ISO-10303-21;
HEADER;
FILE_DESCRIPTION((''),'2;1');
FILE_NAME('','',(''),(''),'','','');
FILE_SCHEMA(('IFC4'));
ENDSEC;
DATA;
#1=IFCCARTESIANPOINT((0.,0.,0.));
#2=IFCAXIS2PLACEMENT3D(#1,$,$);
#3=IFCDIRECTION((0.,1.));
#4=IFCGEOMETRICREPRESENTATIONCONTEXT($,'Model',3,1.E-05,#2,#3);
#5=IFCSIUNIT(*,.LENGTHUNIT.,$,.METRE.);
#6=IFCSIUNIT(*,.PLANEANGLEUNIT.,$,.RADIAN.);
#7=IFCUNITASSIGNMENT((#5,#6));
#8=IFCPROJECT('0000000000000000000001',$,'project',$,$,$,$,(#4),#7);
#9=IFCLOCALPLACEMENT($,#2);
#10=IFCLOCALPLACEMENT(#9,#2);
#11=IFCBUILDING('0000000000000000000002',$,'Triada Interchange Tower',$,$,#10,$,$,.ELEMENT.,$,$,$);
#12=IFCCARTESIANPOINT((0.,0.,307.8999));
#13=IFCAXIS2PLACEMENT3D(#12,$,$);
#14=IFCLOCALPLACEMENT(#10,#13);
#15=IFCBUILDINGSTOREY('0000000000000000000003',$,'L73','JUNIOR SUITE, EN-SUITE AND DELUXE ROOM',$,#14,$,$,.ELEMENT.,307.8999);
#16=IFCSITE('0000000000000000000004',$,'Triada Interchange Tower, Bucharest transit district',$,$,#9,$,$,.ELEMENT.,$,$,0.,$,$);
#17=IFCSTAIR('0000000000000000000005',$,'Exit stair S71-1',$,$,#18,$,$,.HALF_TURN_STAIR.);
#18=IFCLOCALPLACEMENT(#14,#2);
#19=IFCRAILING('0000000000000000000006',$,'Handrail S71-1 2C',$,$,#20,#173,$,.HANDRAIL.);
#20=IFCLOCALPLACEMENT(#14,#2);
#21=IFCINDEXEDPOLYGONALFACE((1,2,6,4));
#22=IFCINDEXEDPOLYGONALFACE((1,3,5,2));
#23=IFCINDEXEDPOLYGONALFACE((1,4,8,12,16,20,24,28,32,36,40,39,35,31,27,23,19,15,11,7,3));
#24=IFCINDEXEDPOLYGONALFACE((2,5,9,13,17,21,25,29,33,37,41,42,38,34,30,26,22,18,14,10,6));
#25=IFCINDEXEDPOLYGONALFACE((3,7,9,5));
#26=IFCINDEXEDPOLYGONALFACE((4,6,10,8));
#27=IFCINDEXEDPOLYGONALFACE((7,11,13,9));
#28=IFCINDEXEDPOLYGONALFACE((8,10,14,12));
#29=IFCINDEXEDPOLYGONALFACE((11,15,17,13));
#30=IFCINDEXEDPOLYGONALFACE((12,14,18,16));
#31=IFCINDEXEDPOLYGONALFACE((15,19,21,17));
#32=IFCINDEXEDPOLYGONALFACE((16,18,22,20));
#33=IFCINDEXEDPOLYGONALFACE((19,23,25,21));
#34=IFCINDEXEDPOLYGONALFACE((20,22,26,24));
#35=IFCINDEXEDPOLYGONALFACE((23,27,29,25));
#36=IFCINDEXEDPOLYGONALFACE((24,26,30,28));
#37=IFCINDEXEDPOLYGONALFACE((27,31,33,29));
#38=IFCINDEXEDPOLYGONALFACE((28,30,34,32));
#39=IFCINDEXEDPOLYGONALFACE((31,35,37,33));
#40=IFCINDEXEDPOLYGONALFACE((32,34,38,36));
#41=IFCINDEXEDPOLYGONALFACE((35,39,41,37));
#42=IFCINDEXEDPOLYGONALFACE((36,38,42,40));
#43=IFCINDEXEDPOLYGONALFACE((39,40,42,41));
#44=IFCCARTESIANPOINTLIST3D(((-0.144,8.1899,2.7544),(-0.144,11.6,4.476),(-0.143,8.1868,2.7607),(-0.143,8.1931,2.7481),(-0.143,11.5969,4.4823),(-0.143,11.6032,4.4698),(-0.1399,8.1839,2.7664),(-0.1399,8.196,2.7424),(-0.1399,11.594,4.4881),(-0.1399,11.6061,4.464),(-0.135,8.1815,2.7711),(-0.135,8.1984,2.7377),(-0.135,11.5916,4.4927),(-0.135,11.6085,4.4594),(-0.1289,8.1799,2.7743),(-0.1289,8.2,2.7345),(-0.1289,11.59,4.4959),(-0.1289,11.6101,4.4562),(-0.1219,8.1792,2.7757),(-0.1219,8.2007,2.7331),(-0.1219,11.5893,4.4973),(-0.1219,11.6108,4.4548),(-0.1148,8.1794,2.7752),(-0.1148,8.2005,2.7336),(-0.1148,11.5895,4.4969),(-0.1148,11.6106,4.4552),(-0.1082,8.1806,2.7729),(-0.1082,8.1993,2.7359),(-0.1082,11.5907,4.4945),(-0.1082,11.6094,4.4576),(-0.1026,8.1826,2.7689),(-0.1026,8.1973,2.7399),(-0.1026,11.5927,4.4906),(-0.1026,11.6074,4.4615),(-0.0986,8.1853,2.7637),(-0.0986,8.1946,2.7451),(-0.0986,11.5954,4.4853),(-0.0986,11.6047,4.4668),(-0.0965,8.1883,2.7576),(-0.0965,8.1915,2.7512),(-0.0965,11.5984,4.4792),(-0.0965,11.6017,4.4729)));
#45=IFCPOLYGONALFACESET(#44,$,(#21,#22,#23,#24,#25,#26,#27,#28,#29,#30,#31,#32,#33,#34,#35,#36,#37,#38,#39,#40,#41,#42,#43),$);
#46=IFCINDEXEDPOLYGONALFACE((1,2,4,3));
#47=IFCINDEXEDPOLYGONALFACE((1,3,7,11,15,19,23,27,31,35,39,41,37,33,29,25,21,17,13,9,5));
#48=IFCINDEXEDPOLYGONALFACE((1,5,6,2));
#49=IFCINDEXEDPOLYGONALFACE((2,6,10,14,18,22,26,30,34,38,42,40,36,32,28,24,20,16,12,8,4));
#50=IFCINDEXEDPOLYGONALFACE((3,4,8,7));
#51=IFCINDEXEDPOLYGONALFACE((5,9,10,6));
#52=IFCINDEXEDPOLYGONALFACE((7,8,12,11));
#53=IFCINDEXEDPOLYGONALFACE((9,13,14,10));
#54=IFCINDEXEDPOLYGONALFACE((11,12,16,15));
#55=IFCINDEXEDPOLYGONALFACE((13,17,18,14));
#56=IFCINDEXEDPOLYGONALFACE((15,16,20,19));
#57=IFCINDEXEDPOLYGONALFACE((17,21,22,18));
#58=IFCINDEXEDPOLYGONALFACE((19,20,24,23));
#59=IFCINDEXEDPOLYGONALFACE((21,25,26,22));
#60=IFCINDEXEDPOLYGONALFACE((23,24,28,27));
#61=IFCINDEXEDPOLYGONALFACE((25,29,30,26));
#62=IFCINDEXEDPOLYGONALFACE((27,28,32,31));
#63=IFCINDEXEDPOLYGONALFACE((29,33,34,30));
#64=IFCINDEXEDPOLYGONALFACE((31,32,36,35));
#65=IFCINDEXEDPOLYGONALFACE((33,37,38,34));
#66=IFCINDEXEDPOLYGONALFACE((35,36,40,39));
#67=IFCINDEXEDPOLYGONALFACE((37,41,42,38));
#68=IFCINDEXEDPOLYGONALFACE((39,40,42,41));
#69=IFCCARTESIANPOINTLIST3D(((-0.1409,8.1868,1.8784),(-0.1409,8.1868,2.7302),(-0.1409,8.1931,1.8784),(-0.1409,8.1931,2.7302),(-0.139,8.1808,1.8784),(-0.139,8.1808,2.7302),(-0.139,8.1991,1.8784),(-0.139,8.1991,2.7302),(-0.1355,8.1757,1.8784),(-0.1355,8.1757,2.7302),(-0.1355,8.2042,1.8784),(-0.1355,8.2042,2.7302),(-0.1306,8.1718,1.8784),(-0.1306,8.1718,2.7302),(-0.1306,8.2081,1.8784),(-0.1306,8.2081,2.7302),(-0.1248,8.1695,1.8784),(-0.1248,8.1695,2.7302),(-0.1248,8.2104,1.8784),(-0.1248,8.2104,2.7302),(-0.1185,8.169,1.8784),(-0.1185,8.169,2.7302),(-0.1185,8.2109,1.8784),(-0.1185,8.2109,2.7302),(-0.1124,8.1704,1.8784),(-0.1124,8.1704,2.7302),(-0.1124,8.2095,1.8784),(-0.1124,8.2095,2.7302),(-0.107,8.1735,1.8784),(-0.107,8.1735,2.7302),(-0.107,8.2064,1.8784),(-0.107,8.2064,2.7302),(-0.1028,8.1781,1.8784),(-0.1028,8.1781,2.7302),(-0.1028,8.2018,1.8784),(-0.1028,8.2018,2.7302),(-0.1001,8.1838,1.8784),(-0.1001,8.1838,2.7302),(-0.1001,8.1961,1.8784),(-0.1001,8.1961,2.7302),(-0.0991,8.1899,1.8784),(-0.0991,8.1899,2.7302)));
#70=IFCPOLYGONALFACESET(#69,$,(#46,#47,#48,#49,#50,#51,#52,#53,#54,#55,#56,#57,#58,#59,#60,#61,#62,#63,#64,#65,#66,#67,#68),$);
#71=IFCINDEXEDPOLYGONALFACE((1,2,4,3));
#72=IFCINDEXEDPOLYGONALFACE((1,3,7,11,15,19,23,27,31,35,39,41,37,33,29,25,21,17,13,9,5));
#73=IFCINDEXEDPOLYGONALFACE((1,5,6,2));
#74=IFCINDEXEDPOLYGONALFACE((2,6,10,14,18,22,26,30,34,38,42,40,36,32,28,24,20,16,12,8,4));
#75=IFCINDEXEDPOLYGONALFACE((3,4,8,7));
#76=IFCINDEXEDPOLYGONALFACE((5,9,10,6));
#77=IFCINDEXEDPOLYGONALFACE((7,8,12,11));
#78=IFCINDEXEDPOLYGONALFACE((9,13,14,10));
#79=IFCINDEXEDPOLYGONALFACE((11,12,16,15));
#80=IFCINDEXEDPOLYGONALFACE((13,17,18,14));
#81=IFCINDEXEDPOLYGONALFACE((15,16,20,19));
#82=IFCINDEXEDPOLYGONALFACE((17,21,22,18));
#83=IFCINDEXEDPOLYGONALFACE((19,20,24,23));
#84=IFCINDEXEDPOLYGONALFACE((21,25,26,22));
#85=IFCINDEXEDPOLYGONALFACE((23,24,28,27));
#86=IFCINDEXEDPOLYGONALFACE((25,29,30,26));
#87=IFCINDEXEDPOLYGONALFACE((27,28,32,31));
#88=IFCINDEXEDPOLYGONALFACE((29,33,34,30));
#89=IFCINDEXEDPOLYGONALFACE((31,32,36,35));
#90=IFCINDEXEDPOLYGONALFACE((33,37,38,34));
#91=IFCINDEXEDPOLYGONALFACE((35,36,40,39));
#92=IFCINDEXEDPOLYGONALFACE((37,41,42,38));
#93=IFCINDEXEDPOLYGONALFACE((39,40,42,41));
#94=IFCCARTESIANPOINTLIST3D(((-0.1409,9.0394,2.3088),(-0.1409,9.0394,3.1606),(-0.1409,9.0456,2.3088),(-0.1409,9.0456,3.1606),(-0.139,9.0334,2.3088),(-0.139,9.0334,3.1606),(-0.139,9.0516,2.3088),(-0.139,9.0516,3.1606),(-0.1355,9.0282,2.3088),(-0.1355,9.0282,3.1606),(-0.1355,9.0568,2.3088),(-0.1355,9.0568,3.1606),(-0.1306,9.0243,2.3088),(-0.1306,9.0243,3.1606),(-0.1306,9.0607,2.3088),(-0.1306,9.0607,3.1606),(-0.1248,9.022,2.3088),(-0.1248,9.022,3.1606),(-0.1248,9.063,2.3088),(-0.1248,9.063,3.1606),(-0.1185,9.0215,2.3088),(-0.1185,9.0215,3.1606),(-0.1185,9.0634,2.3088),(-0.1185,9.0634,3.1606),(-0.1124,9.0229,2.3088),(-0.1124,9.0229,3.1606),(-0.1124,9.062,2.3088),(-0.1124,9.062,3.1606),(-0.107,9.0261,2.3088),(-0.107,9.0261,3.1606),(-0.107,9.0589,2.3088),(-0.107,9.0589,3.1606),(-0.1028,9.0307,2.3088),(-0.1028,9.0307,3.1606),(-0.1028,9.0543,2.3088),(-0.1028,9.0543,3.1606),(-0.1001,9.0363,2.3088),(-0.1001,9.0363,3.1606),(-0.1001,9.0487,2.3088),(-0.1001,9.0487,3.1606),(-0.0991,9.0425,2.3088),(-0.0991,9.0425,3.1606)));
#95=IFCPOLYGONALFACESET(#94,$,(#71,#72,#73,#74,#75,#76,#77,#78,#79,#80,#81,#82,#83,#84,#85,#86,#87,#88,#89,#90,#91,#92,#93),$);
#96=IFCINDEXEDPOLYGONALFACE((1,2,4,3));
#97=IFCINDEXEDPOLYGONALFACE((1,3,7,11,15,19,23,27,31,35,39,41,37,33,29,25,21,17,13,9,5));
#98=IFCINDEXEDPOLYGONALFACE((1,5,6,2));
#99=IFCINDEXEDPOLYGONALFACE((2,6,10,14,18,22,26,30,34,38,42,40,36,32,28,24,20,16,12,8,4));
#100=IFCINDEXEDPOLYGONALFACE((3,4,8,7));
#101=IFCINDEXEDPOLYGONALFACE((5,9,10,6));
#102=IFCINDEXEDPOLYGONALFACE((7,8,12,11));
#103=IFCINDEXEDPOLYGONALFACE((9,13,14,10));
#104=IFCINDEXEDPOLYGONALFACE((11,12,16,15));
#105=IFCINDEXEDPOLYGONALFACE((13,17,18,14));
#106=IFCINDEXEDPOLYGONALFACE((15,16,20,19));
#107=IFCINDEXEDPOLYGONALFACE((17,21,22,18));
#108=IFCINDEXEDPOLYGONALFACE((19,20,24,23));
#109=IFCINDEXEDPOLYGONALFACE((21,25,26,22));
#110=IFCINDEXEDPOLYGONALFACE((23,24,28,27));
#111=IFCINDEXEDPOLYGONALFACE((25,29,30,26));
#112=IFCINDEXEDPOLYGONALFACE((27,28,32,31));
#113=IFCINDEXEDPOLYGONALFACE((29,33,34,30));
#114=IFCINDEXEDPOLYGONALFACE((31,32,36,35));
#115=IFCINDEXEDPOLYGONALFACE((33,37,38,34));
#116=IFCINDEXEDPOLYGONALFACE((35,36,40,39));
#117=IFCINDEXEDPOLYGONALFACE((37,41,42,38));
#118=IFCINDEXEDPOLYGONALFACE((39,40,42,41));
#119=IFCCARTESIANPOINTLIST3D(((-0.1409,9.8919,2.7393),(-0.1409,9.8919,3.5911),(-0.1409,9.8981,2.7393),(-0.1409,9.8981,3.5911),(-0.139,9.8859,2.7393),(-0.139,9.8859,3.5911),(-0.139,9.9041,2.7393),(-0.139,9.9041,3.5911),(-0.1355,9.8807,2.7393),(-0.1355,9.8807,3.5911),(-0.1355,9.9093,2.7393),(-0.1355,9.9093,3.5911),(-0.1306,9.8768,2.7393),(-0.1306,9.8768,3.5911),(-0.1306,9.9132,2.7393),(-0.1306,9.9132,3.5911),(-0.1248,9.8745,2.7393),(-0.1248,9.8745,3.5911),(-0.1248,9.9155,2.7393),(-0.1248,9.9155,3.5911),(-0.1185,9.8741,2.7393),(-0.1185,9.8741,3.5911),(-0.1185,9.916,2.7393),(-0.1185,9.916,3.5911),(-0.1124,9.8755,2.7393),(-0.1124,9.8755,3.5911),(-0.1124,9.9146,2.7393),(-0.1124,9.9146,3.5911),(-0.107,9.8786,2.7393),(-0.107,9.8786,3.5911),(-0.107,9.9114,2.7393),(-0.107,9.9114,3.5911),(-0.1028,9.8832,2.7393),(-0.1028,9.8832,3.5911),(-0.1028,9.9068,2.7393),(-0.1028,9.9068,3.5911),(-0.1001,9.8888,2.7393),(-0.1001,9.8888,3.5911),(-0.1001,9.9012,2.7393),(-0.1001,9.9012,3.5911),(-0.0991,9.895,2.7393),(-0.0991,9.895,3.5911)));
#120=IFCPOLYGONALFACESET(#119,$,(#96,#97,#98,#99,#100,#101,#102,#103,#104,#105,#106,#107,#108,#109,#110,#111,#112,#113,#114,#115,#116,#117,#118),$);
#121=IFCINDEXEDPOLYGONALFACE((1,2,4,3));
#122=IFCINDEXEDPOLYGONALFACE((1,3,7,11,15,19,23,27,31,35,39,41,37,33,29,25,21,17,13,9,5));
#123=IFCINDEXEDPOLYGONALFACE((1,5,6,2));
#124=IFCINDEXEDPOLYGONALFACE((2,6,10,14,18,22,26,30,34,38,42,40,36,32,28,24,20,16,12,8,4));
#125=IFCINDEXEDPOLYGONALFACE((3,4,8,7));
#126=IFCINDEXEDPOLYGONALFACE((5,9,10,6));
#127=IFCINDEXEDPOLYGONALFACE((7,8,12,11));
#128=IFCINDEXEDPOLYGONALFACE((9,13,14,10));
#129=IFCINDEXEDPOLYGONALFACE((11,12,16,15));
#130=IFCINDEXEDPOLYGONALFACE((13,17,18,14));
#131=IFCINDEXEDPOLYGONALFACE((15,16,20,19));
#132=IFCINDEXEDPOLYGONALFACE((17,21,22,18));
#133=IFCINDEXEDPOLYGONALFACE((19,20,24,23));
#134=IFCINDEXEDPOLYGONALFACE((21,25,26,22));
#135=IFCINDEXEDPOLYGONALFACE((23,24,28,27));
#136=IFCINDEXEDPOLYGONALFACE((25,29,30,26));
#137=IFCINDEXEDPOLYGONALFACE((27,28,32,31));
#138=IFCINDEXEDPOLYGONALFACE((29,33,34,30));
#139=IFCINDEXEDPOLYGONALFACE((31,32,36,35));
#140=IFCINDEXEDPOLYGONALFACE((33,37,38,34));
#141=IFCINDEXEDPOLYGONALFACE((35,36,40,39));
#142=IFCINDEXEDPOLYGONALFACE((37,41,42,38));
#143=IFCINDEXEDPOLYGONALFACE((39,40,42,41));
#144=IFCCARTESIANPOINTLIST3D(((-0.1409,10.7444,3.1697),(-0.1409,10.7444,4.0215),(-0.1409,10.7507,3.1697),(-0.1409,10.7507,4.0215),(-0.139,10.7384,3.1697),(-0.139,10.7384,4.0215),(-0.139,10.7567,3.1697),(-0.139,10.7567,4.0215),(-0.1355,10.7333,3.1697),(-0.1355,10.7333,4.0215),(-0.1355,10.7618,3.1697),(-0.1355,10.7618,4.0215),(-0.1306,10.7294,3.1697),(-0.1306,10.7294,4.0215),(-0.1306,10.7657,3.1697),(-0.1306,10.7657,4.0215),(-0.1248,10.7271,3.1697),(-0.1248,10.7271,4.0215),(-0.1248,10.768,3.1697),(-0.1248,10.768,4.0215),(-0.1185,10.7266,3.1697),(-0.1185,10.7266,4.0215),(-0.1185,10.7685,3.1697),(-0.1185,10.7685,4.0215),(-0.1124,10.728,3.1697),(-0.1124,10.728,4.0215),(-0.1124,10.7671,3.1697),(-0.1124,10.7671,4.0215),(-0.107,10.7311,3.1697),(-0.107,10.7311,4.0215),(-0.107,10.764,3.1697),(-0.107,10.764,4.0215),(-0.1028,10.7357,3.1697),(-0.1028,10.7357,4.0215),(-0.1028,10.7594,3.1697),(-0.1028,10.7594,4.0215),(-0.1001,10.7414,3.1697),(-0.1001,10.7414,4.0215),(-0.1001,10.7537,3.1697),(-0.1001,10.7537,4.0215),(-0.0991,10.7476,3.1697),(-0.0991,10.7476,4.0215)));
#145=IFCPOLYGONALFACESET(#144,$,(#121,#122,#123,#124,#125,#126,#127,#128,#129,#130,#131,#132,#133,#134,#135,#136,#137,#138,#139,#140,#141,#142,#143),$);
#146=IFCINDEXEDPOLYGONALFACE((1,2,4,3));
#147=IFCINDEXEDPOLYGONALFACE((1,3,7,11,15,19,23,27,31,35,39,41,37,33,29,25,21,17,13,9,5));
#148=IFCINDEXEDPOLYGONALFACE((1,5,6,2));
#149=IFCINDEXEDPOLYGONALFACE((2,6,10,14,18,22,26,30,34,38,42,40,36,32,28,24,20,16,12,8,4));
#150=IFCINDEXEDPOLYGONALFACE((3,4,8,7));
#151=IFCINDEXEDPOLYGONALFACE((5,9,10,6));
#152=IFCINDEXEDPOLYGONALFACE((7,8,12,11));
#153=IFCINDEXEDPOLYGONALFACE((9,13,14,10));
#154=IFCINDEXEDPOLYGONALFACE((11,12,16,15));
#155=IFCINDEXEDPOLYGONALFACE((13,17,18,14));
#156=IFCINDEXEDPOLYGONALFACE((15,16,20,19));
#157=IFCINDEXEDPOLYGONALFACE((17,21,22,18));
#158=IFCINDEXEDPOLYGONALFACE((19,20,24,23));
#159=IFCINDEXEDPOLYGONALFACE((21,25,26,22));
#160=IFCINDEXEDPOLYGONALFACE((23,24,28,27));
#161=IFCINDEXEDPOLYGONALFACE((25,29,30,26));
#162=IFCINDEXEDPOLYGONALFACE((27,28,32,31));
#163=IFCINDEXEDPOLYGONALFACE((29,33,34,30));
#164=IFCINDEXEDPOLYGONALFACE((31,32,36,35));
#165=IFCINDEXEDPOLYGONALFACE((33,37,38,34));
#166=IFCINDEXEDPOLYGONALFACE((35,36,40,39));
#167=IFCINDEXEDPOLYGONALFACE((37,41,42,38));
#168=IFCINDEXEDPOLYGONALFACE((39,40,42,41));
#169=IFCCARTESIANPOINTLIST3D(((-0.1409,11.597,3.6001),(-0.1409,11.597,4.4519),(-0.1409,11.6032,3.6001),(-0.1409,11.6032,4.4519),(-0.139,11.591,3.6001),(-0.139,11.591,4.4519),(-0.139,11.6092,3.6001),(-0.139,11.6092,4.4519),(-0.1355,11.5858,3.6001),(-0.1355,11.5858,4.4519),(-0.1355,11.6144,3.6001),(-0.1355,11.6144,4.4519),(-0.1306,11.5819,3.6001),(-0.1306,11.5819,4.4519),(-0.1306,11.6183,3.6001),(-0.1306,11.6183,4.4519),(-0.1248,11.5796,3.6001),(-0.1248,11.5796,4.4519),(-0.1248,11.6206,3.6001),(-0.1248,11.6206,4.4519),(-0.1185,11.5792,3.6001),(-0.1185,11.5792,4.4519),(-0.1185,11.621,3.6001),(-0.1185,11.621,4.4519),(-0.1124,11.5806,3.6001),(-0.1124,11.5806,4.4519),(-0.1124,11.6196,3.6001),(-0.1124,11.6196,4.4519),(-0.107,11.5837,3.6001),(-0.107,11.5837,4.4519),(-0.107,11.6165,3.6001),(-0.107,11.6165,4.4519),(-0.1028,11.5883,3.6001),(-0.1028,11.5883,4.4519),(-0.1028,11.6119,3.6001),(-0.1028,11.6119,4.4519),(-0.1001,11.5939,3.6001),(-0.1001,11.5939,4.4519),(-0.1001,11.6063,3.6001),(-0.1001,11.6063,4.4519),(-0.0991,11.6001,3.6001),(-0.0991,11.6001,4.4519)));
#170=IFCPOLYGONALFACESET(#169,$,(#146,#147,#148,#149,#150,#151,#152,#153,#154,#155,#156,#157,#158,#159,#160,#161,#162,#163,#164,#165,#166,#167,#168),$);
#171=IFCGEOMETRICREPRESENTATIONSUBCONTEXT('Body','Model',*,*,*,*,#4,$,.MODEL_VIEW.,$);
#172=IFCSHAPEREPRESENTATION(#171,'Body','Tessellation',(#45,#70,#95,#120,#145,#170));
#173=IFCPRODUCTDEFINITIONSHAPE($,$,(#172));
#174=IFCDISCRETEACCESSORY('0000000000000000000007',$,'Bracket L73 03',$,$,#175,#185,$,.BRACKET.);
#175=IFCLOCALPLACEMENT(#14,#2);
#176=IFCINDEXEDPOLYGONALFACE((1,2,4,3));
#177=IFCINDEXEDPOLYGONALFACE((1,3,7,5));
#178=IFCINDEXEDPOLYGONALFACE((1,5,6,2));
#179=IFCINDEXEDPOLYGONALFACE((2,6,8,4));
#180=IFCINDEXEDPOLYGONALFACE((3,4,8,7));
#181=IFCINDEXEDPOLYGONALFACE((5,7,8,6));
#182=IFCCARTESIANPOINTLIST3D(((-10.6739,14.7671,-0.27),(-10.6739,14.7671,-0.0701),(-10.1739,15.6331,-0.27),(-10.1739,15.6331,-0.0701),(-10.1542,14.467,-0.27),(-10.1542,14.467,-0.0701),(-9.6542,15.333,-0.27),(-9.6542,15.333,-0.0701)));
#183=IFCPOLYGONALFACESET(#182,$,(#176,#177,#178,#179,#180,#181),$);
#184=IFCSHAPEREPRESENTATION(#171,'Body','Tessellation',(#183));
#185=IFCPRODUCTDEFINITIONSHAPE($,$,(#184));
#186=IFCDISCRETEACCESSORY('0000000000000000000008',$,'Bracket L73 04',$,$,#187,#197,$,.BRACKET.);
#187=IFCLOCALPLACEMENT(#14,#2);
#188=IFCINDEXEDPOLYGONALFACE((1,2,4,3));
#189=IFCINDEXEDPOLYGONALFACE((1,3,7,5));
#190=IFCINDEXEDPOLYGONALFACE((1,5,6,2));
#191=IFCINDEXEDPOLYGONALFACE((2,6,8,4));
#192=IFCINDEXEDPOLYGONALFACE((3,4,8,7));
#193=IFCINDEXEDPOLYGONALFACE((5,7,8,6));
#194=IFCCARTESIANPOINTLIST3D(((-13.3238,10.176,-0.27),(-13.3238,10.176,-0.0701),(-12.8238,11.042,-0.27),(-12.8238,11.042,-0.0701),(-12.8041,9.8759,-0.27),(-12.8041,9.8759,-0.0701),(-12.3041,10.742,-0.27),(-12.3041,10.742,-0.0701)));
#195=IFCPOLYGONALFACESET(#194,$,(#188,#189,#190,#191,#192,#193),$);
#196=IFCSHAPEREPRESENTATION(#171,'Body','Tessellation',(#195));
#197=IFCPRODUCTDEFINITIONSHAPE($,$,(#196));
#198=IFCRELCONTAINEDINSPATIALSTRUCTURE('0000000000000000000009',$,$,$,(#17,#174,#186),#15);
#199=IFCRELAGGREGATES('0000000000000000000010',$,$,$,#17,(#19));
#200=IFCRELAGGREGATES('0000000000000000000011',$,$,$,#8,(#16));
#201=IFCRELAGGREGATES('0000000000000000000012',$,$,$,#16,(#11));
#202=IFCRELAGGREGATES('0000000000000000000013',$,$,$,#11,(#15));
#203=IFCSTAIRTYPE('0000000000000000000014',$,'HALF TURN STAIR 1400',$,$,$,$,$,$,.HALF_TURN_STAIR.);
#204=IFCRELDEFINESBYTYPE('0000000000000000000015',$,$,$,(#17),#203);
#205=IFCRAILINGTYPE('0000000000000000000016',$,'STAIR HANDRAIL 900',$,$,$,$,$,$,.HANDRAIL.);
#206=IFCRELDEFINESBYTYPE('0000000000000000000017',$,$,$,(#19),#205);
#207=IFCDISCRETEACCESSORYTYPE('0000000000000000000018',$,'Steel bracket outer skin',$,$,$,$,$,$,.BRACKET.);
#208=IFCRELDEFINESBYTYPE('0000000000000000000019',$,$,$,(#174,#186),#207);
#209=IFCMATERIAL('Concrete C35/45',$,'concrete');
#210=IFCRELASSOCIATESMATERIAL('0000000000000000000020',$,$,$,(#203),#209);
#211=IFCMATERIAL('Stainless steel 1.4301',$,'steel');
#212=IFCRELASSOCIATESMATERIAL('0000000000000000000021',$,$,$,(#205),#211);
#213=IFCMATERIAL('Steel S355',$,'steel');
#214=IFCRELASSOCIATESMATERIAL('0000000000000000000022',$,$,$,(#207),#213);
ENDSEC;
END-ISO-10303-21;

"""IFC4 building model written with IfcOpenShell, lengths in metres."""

from ifc_helpers import new_model, si_unit, direction, frame, origin, origin_2d, place, context, subcontext, project, spatial, rectangle, circle, extrude, material, type_object, element, aggregate, save


model = new_model("IFC4")

# Units and contexts
model_context = context("Model", 3, precision=1e-05, world=origin(), true_north=direction((0.0, 1.0)))
body_context = subcontext(model_context, "Body", "Model", "MODEL_VIEW")
ifc_project = project(units=[si_unit("LENGTHUNIT", "METRE"), si_unit("PLANEANGLEUNIT", "RADIAN")], contexts=[model_context])

# Site, building, storey
site_placement = place(None, origin())
site = spatial("IfcSite", under=ifc_project, at=site_placement, Name="Triada Interchange Tower, Bucharest transit district", CompositionType="ELEMENT", RefElevation=0.0)
building_placement = place(site_placement, origin())
building = spatial("IfcBuilding", under=site, at=building_placement, Name="Triada Interchange Tower", CompositionType="ELEMENT")
storey_placement = place(building_placement, frame((0.0, 0.0, 307.8999)))
storey = spatial("IfcBuildingStorey", under=building, at=storey_placement, Name="L73", Description="JUNIOR SUITE, EN-SUITE AND DELUXE ROOM", CompositionType="ELEMENT", Elevation=307.8999)

# Stair
ifc_material_1 = material(Name="Concrete C35/45", Category="concrete")
stair_type = type_object("IfcStairType", Name="HALF TURN STAIR 1400", PredefinedType="HALF_TURN_STAIR", material=ifc_material_1)
stair_placement = place(storey_placement, origin())
stair = element("IfcStair", 1, at=stair_placement, inside=storey, type_object=stair_type, Name="Exit stair S71-1", PredefinedType="HALF_TURN_STAIR")

# Railing
ifc_material_2 = material(Name="Stainless steel 1.4301", Category="steel")
railing_type = type_object("IfcRailingType", Name="STAIR HANDRAIL 900", PredefinedType="HANDRAIL", material=ifc_material_2)
railing_1_placement = place(storey_placement, frame((-0.1201, 8.1899, 1.8784)))
railing_1 = element("IfcRailing", 2, at=railing_1_placement, type_object=railing_type, Name="Handrail S71-1 2C", PredefinedType="HANDRAIL", context=body_context, shape_type="SweptSolid", body=[
    extrude(circle(Radius=0.0239, at=origin_2d()), frame((0.0, 0.0, 0.876), z_axis=(0.0, 0.892682, 0.450687), x_axis=(-1.0, 0.0, 0.0)), (0.0, 0.0, 1.0), 3.8201),
    extrude(circle(Radius=0.021, at=origin_2d()), origin(), (0.0, 0.0, 1.0), 0.8518),
    extrude(circle(Radius=0.021, at=origin_2d()), frame((0.0, 0.8525, 0.4304)), (0.0, 0.0, 1.0), 0.8518),
    extrude(circle(Radius=0.021, at=origin_2d()), frame((0.0, 1.7051, 0.8608)), (0.0, 0.0, 1.0), 0.8518),
    extrude(circle(Radius=0.021, at=origin_2d()), frame((0.0, 2.5576, 1.2913)), (0.0, 0.0, 1.0), 0.8518),
    extrude(circle(Radius=0.021, at=origin_2d()), frame((0.0, 3.4102, 1.7217)), (0.0, 0.0, 1.0), 0.8518),
])
aggregate(stair, [railing_1])

# Discrete accessories
ifc_material_3 = material(Name="Steel S355", Category="steel")
discrete_accessory_type = type_object("IfcDiscreteAccessoryType", Name="Steel bracket outer skin", PredefinedType="BRACKET", material=ifc_material_3)
for number, where, z_axis, x_axis, name in (
    (3, (-10.1641, 15.05, -0.27), (0.0, 0.0, 1.0), (-0.866027, 0.499997, 0.0), "Bracket L73 03"),
    (4, (-12.814, 10.459, -0.27), (0.0, 0.0, 1.0), (-0.866027, 0.499997, 0.0), "Bracket L73 04"),
):
    element("IfcDiscreteAccessory", number, at=place(storey_placement, frame(where, z_axis=z_axis, x_axis=x_axis)), inside=storey, type_object=discrete_accessory_type, Name=name, PredefinedType="BRACKET", context=body_context, shape_type="SweptSolid", body=[
        extrude(rectangle(XDim=0.6001, YDim=1.0, at=origin_2d()), origin(), (0.0, 0.0, 1.0), 0.2),
    ])

save(model, "model.ifc")
